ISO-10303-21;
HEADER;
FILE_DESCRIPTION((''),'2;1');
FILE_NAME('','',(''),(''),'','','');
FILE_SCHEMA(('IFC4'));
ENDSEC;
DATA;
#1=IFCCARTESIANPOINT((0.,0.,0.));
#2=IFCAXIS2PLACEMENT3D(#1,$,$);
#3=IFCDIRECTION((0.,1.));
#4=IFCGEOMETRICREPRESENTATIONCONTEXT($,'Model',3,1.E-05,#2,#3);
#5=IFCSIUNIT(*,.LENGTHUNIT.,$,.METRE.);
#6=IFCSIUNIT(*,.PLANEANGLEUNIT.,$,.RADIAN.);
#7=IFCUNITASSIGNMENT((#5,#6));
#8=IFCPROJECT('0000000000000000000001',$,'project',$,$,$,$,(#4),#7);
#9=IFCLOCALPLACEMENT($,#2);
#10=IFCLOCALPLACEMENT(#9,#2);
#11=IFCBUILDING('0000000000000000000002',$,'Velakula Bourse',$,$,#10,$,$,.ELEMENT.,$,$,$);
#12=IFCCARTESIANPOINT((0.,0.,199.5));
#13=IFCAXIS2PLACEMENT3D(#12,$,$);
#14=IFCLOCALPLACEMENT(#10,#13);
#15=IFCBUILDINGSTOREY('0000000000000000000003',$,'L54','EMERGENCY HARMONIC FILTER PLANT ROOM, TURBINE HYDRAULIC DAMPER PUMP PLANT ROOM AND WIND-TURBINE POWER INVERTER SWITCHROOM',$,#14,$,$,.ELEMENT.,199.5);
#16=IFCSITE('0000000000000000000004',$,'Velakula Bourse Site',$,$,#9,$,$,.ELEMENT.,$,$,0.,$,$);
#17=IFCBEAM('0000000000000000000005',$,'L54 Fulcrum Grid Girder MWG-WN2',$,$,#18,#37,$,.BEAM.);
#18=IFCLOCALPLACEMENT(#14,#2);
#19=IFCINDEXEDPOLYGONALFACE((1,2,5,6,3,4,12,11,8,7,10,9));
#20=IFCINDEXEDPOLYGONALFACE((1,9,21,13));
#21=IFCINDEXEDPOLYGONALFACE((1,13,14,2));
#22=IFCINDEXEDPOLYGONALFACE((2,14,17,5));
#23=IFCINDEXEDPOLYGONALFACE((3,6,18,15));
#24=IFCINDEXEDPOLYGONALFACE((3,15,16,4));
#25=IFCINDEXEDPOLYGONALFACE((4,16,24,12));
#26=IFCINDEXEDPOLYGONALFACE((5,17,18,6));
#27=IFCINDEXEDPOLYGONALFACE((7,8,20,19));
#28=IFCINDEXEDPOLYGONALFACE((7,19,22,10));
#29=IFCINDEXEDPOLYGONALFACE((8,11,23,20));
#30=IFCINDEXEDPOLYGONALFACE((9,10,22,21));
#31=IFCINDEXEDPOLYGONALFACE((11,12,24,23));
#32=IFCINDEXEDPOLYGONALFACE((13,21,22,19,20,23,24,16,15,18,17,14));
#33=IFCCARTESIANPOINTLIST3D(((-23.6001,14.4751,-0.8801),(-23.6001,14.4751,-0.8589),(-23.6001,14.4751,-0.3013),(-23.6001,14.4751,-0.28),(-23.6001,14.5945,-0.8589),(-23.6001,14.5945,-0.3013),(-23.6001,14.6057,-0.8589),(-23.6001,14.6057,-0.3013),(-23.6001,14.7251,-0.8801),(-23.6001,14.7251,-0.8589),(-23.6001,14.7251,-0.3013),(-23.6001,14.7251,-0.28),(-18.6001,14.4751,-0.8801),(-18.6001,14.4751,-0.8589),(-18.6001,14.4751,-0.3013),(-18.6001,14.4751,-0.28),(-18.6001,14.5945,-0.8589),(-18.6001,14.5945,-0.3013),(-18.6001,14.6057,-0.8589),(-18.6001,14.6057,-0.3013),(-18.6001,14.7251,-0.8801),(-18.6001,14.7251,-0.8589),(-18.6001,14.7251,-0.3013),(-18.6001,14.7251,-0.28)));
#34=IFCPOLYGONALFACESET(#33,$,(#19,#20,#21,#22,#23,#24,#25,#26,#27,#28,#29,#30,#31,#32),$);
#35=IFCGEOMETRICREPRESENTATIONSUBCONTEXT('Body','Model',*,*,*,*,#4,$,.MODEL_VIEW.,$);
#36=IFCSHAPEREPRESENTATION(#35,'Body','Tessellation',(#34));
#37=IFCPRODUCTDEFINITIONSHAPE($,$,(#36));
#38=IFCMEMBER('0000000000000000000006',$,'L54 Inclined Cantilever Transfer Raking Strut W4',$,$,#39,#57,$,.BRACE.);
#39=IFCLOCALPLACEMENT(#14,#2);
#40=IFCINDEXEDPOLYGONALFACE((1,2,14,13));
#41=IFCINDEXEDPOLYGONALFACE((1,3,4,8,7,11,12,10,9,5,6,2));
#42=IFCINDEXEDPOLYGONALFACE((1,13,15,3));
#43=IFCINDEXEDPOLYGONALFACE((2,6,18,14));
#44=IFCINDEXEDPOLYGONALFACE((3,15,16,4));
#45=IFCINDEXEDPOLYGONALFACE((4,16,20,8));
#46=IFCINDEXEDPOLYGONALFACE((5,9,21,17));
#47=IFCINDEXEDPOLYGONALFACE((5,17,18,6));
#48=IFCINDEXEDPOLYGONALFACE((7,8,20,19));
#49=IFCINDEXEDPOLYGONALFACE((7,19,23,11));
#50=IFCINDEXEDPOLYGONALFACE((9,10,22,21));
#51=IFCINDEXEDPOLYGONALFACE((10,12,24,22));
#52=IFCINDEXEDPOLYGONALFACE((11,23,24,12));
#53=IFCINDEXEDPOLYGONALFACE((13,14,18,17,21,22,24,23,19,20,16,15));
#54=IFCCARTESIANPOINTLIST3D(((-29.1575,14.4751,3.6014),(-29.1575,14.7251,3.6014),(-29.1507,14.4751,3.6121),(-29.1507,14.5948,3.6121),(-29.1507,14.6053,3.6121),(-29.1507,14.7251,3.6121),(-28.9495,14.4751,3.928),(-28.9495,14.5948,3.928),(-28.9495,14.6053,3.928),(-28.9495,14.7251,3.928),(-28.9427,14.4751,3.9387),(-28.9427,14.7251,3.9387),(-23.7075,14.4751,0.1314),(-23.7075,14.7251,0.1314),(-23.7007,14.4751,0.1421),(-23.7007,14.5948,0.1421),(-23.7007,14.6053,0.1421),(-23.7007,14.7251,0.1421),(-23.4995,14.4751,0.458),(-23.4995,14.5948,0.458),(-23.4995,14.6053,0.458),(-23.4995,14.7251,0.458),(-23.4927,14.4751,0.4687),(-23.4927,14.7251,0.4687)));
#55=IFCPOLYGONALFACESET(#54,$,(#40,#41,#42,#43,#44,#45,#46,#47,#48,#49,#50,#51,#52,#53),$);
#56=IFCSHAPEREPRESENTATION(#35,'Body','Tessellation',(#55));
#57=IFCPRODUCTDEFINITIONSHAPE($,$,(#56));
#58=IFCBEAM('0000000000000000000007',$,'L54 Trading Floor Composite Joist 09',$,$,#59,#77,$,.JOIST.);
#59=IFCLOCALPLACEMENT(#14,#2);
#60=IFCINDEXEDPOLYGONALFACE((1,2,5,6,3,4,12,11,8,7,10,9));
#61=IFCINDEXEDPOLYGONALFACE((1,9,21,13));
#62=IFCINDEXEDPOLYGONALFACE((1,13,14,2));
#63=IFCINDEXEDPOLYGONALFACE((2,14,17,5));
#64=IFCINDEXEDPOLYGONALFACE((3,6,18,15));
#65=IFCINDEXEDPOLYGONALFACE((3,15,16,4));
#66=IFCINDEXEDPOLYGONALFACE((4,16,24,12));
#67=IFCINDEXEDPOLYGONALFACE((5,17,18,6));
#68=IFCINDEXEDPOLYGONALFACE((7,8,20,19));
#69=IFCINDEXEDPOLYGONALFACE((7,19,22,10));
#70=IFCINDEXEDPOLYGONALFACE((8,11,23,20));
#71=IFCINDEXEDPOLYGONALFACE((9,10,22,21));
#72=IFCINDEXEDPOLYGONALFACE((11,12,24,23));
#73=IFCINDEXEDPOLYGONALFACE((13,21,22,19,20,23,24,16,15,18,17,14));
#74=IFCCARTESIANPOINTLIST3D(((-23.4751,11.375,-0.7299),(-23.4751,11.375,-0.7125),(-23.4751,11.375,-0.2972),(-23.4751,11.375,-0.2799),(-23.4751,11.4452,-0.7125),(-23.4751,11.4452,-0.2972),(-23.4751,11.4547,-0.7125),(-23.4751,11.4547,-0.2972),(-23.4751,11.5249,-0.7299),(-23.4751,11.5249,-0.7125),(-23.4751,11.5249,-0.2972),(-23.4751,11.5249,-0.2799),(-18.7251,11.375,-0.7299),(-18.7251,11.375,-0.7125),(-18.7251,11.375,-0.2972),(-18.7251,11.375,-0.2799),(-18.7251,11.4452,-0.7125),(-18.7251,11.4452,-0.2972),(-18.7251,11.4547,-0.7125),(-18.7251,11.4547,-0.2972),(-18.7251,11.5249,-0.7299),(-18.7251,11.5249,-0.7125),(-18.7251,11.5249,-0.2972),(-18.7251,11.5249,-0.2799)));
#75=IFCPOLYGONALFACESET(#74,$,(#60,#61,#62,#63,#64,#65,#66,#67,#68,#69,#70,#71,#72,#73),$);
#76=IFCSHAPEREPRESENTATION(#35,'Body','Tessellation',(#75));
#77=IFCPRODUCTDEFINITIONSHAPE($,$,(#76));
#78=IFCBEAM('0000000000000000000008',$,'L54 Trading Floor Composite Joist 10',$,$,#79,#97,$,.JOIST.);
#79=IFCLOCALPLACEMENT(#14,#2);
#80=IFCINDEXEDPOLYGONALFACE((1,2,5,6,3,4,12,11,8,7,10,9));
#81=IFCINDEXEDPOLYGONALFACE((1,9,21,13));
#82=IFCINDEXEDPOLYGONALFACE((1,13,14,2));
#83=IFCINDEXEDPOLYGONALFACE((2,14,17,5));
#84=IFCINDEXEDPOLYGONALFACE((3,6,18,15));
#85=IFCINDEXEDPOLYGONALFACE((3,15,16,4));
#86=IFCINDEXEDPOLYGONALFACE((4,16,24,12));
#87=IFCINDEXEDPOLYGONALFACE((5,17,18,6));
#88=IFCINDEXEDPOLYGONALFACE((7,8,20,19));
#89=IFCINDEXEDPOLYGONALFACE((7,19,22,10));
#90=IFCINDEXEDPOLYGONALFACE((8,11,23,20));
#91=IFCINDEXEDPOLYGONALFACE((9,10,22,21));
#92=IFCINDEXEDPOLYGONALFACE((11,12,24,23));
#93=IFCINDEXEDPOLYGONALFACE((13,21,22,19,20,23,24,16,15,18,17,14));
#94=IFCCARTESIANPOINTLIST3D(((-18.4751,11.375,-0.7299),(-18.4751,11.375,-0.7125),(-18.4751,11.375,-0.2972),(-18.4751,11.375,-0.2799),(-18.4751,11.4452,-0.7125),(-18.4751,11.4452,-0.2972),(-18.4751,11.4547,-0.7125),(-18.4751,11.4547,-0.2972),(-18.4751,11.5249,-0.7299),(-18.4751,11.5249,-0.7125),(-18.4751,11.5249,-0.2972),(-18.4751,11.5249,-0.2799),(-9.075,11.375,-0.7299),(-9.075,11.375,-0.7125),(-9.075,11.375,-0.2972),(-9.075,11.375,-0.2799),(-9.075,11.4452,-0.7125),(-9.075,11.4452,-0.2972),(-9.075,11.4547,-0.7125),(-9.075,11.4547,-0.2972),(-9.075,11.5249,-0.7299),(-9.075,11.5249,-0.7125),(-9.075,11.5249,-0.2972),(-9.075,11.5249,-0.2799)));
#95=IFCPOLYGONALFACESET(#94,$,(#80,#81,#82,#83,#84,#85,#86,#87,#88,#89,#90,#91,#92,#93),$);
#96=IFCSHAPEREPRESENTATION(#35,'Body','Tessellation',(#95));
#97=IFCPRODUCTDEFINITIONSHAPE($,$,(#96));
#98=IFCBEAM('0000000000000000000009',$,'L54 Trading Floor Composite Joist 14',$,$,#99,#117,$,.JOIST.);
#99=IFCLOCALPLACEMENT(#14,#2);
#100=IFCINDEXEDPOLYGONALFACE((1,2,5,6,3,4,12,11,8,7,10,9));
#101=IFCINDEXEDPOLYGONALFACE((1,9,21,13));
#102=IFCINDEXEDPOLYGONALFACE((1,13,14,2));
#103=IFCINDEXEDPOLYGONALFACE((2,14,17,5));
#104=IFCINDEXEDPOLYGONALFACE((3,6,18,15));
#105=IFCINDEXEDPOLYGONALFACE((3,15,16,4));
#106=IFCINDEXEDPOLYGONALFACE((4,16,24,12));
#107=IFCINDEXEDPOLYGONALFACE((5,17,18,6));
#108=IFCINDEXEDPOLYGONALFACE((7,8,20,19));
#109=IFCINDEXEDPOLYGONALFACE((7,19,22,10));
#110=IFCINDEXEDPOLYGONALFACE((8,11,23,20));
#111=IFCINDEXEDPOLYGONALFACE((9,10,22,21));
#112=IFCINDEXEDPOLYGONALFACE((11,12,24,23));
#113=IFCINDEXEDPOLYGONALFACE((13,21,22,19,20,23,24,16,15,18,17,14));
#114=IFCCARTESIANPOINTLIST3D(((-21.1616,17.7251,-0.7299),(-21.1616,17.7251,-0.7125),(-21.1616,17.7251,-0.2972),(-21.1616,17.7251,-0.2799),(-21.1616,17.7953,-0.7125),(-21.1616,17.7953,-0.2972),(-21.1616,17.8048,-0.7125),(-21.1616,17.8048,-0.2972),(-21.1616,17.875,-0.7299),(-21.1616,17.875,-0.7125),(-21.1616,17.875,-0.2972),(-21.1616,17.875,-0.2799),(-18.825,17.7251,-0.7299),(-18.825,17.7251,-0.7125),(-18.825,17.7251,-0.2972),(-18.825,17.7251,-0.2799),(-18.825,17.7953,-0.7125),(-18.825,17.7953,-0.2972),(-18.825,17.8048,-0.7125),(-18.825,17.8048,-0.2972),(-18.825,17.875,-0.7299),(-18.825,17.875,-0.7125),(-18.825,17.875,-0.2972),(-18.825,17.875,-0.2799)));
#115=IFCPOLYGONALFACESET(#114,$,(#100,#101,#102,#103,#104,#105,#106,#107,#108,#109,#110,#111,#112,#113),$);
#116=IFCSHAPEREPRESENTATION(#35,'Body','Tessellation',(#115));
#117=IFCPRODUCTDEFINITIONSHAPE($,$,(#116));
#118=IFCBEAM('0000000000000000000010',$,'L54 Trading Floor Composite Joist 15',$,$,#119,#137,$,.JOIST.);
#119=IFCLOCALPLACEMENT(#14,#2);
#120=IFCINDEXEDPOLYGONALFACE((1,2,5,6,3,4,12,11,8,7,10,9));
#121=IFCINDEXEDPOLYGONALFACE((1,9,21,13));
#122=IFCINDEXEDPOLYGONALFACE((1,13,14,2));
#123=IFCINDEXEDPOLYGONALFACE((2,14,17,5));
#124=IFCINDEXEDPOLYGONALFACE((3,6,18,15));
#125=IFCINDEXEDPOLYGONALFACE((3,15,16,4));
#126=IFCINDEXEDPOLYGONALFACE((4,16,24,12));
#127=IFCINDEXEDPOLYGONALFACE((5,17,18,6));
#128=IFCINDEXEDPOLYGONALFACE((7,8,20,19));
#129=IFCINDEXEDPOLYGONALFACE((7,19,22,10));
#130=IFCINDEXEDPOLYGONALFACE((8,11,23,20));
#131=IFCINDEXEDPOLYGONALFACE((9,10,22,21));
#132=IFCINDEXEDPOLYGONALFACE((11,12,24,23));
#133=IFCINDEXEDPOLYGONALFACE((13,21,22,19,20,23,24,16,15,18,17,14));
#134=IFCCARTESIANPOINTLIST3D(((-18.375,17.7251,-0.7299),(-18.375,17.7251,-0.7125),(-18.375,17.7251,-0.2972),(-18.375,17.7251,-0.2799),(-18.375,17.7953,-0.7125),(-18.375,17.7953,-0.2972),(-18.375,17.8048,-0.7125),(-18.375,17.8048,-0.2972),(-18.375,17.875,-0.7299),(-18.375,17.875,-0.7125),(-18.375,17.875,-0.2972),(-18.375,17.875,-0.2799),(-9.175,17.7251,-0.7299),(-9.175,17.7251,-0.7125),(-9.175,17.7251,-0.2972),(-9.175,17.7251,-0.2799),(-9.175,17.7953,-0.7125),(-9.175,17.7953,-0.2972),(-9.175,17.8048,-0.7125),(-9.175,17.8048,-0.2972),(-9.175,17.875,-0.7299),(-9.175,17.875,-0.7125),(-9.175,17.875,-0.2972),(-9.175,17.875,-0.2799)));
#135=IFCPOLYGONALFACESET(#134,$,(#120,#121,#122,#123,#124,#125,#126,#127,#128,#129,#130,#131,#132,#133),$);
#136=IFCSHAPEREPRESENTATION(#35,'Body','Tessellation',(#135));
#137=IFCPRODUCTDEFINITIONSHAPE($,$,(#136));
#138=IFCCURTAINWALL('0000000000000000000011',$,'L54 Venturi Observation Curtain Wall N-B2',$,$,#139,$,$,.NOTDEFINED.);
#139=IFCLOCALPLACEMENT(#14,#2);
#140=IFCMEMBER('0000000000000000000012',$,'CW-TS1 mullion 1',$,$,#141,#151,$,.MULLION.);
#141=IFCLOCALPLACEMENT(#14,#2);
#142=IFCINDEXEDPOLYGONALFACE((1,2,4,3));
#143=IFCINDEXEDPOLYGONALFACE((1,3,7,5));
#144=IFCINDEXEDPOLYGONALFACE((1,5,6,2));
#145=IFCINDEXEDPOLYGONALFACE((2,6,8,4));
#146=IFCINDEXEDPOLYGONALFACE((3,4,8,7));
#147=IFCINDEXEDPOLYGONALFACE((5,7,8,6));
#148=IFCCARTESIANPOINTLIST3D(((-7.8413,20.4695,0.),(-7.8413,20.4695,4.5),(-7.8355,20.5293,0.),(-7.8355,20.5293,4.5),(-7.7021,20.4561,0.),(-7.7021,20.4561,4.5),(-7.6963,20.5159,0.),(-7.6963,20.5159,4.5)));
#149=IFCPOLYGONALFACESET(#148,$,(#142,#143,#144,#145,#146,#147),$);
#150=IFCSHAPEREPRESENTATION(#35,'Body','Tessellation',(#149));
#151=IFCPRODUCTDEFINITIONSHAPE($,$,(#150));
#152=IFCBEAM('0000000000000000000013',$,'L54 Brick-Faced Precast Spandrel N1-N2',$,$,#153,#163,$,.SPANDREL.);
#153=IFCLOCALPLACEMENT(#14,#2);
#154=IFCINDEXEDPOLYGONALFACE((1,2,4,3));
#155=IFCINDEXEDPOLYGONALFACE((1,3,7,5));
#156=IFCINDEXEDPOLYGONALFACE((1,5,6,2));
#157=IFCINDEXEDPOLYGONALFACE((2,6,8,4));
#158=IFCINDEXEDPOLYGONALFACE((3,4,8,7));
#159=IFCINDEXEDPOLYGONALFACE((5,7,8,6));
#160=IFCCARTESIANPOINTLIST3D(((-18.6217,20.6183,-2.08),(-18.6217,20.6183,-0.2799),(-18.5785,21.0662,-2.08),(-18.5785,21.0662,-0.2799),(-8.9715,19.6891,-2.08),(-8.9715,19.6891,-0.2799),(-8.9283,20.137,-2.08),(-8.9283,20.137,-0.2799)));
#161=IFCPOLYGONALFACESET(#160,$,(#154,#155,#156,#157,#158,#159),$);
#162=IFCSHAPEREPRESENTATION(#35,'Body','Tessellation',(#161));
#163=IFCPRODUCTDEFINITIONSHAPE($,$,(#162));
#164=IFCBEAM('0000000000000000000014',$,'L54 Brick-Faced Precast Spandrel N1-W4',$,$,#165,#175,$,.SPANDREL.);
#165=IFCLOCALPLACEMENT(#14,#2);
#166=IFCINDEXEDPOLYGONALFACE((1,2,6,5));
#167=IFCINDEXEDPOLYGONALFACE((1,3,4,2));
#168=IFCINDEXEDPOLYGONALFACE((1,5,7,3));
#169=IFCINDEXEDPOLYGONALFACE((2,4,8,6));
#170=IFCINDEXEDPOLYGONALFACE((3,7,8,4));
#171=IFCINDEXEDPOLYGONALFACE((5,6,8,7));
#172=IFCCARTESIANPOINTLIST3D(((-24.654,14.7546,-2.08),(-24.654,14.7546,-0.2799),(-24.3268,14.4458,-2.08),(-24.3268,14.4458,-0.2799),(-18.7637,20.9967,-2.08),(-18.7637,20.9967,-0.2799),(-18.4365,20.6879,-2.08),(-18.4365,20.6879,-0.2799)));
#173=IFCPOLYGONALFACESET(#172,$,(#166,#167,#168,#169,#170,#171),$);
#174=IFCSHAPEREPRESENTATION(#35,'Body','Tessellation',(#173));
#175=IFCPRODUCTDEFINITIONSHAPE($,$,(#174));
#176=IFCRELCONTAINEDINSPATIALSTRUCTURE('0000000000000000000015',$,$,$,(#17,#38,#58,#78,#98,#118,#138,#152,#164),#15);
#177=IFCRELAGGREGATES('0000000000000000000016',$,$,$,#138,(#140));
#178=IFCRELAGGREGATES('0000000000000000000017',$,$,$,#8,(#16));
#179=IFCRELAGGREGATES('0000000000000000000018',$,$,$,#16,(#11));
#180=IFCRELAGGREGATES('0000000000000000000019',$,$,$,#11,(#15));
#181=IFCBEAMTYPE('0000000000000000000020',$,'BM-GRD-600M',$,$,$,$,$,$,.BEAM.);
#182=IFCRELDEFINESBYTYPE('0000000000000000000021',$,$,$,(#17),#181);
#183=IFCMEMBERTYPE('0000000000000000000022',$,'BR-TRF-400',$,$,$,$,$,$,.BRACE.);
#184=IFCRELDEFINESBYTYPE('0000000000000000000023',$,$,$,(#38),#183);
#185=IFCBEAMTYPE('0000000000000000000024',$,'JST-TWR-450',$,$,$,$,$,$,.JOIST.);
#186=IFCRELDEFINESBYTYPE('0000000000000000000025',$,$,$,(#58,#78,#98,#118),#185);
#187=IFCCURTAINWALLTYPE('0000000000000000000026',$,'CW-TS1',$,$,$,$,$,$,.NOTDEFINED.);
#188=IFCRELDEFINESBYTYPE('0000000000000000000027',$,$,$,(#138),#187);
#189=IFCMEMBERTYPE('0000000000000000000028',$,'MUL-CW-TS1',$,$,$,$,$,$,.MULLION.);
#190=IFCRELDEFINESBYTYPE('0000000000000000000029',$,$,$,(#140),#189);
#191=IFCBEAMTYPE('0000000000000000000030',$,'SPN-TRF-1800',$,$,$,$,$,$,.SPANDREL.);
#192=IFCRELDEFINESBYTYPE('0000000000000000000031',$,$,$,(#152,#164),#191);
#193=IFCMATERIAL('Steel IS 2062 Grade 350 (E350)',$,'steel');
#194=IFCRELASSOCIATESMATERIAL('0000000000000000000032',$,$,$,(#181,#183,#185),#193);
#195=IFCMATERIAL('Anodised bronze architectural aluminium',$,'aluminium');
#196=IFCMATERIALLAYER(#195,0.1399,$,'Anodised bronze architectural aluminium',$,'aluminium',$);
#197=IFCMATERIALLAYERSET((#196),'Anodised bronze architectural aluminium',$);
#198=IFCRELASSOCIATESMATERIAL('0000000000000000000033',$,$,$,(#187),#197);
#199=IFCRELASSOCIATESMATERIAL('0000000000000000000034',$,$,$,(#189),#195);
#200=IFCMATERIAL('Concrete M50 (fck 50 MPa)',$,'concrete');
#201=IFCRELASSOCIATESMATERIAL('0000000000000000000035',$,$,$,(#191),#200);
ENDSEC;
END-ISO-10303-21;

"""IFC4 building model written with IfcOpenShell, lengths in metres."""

from ifc_helpers import new_model, si_unit, direction, frame, origin, origin_2d, place, context, subcontext, project, spatial, rectangle, i_section, extrude, material, layer, layer_set, material_profile, profile_set, type_object, element, aggregate, save


model = new_model("IFC4")

# Units and contexts
model_context = context("Model", 3, precision=1e-05, world=origin(), true_north=direction((0.0, 1.0)))
body_context = subcontext(model_context, "Body", "Model", "MODEL_VIEW")
ifc_project = project(units=[si_unit("LENGTHUNIT", "METRE"), si_unit("PLANEANGLEUNIT", "RADIAN")], contexts=[model_context])

# Site, building, storey
site_placement = place(None, origin())
site = spatial("IfcSite", under=ifc_project, at=site_placement, Name="Velakula Bourse Site", CompositionType="ELEMENT", RefElevation=0.0)
building_placement = place(site_placement, origin())
building = spatial("IfcBuilding", under=site, at=building_placement, Name="Velakula Bourse", CompositionType="ELEMENT")
storey_placement = place(building_placement, frame((0.0, 0.0, 199.5)))
storey = spatial("IfcBuildingStorey", under=building, at=storey_placement, Name="L54", Description="EMERGENCY HARMONIC FILTER PLANT ROOM, TURBINE HYDRAULIC DAMPER PUMP PLANT ROOM AND WIND-TURBINE POWER INVERTER SWITCHROOM", CompositionType="ELEMENT", Elevation=199.5)

# Shared definitions
ifc_material_1 = material(Name="Steel IS 2062 Grade 350 (E350)", Category="steel")

# Beam
ifc_material_profile_1 = material_profile(ifc_material_1, i_section(OverallWidth=0.25, OverallDepth=0.6001, WebThickness=0.0112, FlangeThickness=0.0212, at=origin_2d()), Name="Steel IS 2062 Grade 350 (E350)")
ifc_profile_set_1 = profile_set([ifc_material_profile_1], Name="Steel IS 2062 Grade 350 (E350)")
beam_type_1 = type_object("IfcBeamType", Name="BM-GRD-600M", PredefinedType="BEAM", material=ifc_profile_set_1)
beam_1_placement = place(storey_placement, frame((-23.6001, 14.6001, -0.5801), z_axis=(1.0, 0.0, 0.0), x_axis=(0.0, 1.0, 0.0)))
element("IfcBeam", 1, at=beam_1_placement, inside=storey, type_object=beam_type_1, Name="L54 Fulcrum Grid Girder MWG-WN2", PredefinedType="BEAM", context=body_context, shape_type="SweptSolid", body=[
    extrude(i_section(OverallWidth=0.25, OverallDepth=0.6001, WebThickness=0.0112, FlangeThickness=0.0212, at=origin_2d()), origin(), (0.0, 0.0, 1.0), 5.0),
])

# Member
ifc_material_profile_2 = material_profile(ifc_material_1, i_section(OverallWidth=0.25, OverallDepth=0.3999, WebThickness=0.0105, FlangeThickness=0.0127, at=origin_2d()), Name="Steel IS 2062 Grade 350 (E350)")
ifc_profile_set_2 = profile_set([ifc_material_profile_2], Name="Steel IS 2062 Grade 350 (E350)")
member_type_1 = type_object("IfcMemberType", Name="BR-TRF-400", PredefinedType="BRACE", material=ifc_profile_set_2)
member_1_placement = place(storey_placement, frame((-23.6001, 14.6001, 0.3), z_axis=(-0.843534, 0.0, 0.537076), x_axis=(0.0, -1.0, 0.0)))
element("IfcMember", 2, at=member_1_placement, inside=storey, type_object=member_type_1, Name="L54 Inclined Cantilever Transfer Raking Strut W4", PredefinedType="BRACE", context=body_context, shape_type="SweptSolid", body=[
    extrude(i_section(OverallWidth=0.25, OverallDepth=0.3999, WebThickness=0.0105, FlangeThickness=0.0127, at=origin_2d()), origin(), (0.0, 0.0, 1.0), 6.4609),
])

# Beams
ifc_material_profile_3 = material_profile(ifc_material_1, i_section(OverallWidth=0.1499, OverallDepth=0.45, WebThickness=0.0095, FlangeThickness=0.0173, at=origin_2d()), Name="Steel IS 2062 Grade 350 (E350)")
ifc_profile_set_3 = profile_set([ifc_material_profile_3], Name="Steel IS 2062 Grade 350 (E350)")
beam_type_2 = type_object("IfcBeamType", Name="JST-TWR-450", PredefinedType="JOIST", material=ifc_profile_set_3)
beam_2_placement = place(storey_placement, frame((-23.4751, 11.45, -0.5049), z_axis=(1.0, 0.0, 0.0), x_axis=(0.0, 1.0, 0.0)))
element("IfcBeam", 3, at=beam_2_placement, inside=storey, type_object=beam_type_2, Name="L54 Trading Floor Composite Joist 09", PredefinedType="JOIST", context=body_context, shape_type="SweptSolid", body=[
    extrude(i_section(OverallWidth=0.1499, OverallDepth=0.45, WebThickness=0.0095, FlangeThickness=0.0173, at=origin_2d()), origin(), (0.0, 0.0, 1.0), 4.75),
])
beam_3_placement = place(storey_placement, frame((-18.4751, 11.45, -0.5049), z_axis=(1.0, 0.0, 0.0), x_axis=(0.0, 1.0, 0.0)))
element("IfcBeam", 4, at=beam_3_placement, inside=storey, type_object=beam_type_2, Name="L54 Trading Floor Composite Joist 10", PredefinedType="JOIST", context=body_context, shape_type="SweptSolid", body=[
    extrude(i_section(OverallWidth=0.1499, OverallDepth=0.45, WebThickness=0.0095, FlangeThickness=0.0173, at=origin_2d()), origin(), (0.0, 0.0, 1.0), 9.4001),
])
beam_4_placement = place(storey_placement, frame((-21.1616, 17.8, -0.5049), z_axis=(1.0, 0.0, 0.0), x_axis=(0.0, 1.0, 0.0)))
element("IfcBeam", 5, at=beam_4_placement, inside=storey, type_object=beam_type_2, Name="L54 Trading Floor Composite Joist 14", PredefinedType="JOIST", context=body_context, shape_type="SweptSolid", body=[
    extrude(i_section(OverallWidth=0.1499, OverallDepth=0.45, WebThickness=0.0095, FlangeThickness=0.0173, at=origin_2d()), origin(), (0.0, 0.0, 1.0), 2.3367),
])
beam_5_placement = place(storey_placement, frame((-18.375, 17.8, -0.5049), z_axis=(1.0, 0.0, 0.0), x_axis=(0.0, 1.0, 0.0)))
element("IfcBeam", 6, at=beam_5_placement, inside=storey, type_object=beam_type_2, Name="L54 Trading Floor Composite Joist 15", PredefinedType="JOIST", context=body_context, shape_type="SweptSolid", body=[
    extrude(i_section(OverallWidth=0.1499, OverallDepth=0.45, WebThickness=0.0095, FlangeThickness=0.0173, at=origin_2d()), origin(), (0.0, 0.0, 1.0), 9.2),
])

# Curtain wall, member
ifc_material_2 = material(Name="Anodised bronze architectural aluminium", Category="aluminium")
ifc_layer_1 = layer(ifc_material_2, 0.1399, Name="Anodised bronze architectural aluminium", Category="aluminium")
ifc_layer_set_1 = layer_set([ifc_layer_1], Name="Anodised bronze architectural aluminium")
curtain_wall_type = type_object("IfcCurtainWallType", Name="CW-TS1", PredefinedType="NOTDEFINED", material=ifc_layer_set_1)
curtain_wall_placement = place(storey_placement, origin())
curtain_wall = element("IfcCurtainWall", 7, at=curtain_wall_placement, inside=storey, type_object=curtain_wall_type, Name="L54 Venturi Observation Curtain Wall N-B2", PredefinedType="NOTDEFINED")
ifc_material_profile_4 = material_profile(ifc_material_2, rectangle(XDim=0.0601, YDim=0.1399, at=origin_2d()), Name="Anodised bronze architectural aluminium")
ifc_profile_set_4 = profile_set([ifc_material_profile_4], Name="Anodised bronze architectural aluminium")
member_type_2 = type_object("IfcMemberType", Name="MUL-CW-TS1", PredefinedType="MULLION", material=ifc_profile_set_4)
member_2_placement = place(storey_placement, frame((-7.7688, 20.4927, 0.0), z_axis=(0.0, 0.0, 1.0), x_axis=(0.095849, 0.995396, 0.0)))
member_2 = element("IfcMember", 8, at=member_2_placement, type_object=member_type_2, Name="CW-TS1 mullion 1", PredefinedType="MULLION", context=body_context, shape_type="SweptSolid", body=[
    extrude(rectangle(XDim=0.0601, YDim=0.1399, at=origin_2d()), origin(), (0.0, 0.0, 1.0), 4.5),
])

# Beams
ifc_material_3 = material(Name="Concrete M50 (fck 50 MPa)", Category="concrete")
ifc_material_profile_5 = material_profile(ifc_material_3, rectangle(XDim=0.45, YDim=1.8, at=origin_2d()), Name="Concrete M50 (fck 50 MPa)")
ifc_profile_set_5 = profile_set([ifc_material_profile_5], Name="Concrete M50 (fck 50 MPa)")
beam_type_3 = type_object("IfcBeamType", Name="SPN-TRF-1800", PredefinedType="SPANDREL", material=ifc_profile_set_5)
beam_6_placement = place(storey_placement, frame((-18.6001, 20.8423, -1.1799), z_axis=(0.995396, -0.095845, 0.0), x_axis=(0.095845, 0.995396, 0.0)))
element("IfcBeam", 9, at=beam_6_placement, inside=storey, type_object=beam_type_3, Name="L54 Brick-Faced Precast Spandrel N1-N2", PredefinedType="SPANDREL", context=body_context, shape_type="SweptSolid", body=[
    extrude(rectangle(XDim=0.45, YDim=1.8, at=origin_2d()), origin(), (0.0, 0.0, 1.0), 9.6948),
])
beam_7_placement = place(storey_placement, frame((-18.6001, 20.8423, -1.1799), z_axis=(-0.686314, -0.727305, 0.0), x_axis=(0.727305, -0.686314, 0.0)))
element("IfcBeam", 10, at=beam_7_placement, inside=storey, type_object=beam_type_3, Name="L54 Brick-Faced Precast Spandrel N1-W4", PredefinedType="SPANDREL", context=body_context, shape_type="SweptSolid", body=[
    extrude(rectangle(XDim=0.45, YDim=1.8, at=origin_2d()), origin(), (0.0, 0.0, 1.0), 8.5825),
])

aggregate(curtain_wall, [member_2])

save(model, "model.ifc")
